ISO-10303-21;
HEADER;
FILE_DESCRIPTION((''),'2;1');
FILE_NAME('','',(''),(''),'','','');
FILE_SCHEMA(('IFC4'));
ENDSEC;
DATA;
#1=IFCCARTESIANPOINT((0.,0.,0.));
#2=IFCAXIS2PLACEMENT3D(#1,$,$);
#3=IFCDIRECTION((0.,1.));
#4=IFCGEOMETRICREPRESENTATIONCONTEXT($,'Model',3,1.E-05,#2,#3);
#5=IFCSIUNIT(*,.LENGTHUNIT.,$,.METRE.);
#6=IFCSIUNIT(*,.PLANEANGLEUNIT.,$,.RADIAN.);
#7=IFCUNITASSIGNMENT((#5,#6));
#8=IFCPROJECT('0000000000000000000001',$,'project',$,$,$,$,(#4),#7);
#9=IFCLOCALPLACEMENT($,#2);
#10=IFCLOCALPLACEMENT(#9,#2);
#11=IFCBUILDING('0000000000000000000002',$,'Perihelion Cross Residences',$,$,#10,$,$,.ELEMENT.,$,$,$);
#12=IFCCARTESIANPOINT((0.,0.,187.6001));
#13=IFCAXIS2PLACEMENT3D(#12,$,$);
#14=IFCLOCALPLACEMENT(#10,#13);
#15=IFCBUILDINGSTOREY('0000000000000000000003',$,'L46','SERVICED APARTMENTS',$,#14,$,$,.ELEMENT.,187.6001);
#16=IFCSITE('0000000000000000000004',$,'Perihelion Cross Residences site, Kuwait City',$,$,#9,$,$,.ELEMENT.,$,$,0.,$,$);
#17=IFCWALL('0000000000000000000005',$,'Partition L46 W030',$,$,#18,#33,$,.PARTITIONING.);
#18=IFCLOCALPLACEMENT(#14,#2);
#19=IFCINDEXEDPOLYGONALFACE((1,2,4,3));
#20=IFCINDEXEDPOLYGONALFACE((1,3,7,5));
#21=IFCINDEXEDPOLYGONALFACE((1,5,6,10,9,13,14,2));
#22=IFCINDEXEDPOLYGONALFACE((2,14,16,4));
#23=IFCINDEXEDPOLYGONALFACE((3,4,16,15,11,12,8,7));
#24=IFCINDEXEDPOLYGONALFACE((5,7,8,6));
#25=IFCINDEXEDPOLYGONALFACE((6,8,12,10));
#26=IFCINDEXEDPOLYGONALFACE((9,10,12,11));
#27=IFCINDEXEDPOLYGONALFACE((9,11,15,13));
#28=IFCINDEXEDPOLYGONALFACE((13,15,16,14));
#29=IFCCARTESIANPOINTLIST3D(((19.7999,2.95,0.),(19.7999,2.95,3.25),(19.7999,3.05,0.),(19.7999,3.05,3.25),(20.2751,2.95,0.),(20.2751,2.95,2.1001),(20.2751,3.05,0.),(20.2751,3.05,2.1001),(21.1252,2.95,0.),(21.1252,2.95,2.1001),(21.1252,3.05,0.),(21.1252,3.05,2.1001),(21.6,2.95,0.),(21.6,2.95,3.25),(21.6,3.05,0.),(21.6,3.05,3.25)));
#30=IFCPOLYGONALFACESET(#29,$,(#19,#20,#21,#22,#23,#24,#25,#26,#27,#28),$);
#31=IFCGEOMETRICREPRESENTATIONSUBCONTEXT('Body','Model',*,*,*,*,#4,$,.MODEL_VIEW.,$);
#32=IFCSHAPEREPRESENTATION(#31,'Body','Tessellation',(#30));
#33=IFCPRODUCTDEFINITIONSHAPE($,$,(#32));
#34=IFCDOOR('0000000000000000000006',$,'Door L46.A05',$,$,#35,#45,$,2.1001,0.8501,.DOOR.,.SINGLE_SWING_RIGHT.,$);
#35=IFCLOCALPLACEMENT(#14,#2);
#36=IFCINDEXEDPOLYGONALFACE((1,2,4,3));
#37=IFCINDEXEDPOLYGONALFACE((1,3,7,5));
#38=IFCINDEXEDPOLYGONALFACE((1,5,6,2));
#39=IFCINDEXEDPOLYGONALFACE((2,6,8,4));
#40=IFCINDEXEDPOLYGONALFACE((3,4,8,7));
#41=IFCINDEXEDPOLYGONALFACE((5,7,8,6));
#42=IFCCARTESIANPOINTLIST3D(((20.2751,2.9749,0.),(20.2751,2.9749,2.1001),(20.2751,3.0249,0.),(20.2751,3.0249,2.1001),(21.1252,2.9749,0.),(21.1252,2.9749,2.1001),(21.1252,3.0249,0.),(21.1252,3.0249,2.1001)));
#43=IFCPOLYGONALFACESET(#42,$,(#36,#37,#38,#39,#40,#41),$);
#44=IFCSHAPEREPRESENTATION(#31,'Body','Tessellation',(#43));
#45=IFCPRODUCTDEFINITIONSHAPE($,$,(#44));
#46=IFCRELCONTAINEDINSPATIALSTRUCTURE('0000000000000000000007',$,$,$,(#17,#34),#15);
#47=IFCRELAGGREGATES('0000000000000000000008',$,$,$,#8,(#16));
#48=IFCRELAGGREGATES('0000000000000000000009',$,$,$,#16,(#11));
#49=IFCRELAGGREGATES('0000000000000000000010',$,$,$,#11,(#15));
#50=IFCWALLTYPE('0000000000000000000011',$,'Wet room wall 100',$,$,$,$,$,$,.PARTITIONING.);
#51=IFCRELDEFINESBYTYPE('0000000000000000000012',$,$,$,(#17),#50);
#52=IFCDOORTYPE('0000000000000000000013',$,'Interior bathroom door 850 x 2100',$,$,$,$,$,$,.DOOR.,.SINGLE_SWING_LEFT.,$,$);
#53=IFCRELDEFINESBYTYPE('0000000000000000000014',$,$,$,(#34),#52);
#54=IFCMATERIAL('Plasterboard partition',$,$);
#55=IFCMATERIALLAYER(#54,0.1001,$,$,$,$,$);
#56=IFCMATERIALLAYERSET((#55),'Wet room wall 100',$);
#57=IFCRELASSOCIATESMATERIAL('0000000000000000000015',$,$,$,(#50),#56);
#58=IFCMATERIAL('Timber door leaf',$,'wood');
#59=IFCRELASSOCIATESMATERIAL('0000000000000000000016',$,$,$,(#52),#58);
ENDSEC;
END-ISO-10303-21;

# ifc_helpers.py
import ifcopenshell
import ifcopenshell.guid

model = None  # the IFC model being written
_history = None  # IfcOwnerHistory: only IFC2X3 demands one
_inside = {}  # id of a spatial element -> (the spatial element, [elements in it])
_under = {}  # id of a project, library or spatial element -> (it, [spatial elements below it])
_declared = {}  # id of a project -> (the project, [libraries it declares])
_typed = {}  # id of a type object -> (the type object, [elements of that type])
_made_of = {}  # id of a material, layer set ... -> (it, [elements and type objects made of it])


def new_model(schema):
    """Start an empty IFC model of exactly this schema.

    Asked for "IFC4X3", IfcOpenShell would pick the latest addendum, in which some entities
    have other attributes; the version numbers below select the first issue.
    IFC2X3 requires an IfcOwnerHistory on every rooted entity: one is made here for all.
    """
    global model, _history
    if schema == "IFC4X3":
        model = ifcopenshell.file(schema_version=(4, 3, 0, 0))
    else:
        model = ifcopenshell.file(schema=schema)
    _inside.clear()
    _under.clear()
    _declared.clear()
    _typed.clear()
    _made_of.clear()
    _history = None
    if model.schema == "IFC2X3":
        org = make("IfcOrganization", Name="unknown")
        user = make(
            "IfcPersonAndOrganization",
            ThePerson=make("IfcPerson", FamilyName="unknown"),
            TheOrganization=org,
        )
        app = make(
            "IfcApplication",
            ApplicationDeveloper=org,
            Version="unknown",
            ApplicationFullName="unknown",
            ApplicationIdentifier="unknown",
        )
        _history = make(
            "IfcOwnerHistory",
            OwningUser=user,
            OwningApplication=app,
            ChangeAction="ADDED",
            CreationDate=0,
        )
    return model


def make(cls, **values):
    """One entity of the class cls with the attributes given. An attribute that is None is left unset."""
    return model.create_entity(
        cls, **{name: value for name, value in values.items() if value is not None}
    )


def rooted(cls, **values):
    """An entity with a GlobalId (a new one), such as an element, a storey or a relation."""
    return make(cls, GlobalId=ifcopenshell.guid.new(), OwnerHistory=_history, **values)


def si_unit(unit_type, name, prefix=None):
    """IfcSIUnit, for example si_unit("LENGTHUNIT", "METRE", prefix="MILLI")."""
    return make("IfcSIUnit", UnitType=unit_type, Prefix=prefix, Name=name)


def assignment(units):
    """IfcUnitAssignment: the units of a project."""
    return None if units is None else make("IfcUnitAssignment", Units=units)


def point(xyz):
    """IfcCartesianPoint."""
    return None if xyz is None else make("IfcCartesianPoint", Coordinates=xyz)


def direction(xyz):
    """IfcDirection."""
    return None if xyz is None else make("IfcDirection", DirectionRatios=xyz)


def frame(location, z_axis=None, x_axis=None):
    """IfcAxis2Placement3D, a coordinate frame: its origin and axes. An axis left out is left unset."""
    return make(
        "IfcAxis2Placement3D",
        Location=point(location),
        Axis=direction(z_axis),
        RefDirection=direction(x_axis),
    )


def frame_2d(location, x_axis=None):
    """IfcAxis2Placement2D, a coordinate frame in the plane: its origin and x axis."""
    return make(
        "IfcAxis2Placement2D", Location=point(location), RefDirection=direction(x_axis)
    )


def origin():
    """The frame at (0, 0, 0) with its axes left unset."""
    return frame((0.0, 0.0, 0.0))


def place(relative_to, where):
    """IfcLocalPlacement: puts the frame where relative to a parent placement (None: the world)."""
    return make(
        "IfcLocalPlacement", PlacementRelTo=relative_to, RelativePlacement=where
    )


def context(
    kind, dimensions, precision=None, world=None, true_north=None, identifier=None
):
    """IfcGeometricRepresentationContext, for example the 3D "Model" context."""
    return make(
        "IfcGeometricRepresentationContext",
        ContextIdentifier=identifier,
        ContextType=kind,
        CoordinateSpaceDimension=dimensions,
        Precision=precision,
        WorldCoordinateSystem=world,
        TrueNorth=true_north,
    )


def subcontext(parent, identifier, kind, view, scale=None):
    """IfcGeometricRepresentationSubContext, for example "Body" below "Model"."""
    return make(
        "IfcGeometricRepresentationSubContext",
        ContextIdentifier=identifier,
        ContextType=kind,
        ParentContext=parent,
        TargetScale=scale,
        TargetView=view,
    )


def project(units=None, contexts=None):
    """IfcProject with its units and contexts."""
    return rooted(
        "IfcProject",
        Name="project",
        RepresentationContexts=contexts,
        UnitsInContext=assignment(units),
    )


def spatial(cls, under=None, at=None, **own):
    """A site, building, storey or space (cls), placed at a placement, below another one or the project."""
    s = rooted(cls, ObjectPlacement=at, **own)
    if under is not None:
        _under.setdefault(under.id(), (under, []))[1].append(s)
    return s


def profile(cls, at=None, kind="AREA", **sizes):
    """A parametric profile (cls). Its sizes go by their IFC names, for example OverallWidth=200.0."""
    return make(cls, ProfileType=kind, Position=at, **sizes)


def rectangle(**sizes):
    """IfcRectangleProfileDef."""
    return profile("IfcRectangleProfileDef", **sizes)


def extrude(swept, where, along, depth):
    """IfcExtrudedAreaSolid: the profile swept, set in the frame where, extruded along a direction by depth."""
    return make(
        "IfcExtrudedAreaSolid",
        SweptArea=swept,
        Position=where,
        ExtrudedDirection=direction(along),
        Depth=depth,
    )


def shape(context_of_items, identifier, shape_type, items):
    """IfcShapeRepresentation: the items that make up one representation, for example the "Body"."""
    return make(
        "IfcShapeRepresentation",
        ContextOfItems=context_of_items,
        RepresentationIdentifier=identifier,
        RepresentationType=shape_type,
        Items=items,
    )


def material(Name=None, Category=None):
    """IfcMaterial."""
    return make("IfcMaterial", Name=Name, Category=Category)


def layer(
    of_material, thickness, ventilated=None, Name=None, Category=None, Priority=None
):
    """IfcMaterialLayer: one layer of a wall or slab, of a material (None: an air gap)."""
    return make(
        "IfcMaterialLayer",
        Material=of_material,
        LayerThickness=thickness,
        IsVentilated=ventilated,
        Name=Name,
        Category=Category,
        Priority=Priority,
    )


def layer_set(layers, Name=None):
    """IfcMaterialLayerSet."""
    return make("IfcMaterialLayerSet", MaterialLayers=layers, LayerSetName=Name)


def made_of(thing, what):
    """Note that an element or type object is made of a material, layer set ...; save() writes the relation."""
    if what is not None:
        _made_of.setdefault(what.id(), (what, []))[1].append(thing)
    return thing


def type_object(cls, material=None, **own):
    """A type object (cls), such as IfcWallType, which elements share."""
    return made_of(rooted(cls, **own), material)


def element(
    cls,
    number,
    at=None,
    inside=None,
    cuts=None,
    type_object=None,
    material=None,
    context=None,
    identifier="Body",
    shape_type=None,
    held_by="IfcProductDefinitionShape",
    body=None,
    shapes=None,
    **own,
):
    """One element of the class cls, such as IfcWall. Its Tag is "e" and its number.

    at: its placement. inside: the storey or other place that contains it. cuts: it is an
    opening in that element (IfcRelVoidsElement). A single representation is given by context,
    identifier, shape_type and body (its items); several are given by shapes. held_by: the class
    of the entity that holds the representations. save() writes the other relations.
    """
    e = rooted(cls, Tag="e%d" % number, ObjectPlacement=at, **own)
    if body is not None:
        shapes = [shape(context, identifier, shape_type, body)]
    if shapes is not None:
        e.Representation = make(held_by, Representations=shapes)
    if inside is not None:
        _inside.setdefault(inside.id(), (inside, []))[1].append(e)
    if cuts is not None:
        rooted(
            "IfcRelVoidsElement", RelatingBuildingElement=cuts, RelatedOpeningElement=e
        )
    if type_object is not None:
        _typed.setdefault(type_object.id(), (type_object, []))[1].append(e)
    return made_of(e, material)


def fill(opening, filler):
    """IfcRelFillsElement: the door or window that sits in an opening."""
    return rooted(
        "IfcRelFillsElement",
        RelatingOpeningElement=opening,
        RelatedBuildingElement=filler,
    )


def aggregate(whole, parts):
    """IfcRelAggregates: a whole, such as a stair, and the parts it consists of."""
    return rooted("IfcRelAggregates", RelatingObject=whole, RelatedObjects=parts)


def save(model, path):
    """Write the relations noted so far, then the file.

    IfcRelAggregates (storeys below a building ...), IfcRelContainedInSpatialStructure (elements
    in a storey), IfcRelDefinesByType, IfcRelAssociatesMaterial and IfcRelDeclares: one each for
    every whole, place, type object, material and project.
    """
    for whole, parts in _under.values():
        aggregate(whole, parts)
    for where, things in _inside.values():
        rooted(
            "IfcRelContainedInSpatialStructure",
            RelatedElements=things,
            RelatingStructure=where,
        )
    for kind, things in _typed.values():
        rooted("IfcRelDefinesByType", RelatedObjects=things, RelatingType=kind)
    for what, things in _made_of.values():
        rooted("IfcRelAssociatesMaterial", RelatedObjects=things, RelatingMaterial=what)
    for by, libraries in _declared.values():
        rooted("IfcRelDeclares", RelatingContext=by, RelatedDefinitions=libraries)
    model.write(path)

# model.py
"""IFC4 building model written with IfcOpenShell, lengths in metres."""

from ifc_helpers import new_model, si_unit, direction, frame, frame_2d, origin, place, context, subcontext, project, spatial, rectangle, extrude, material, layer, layer_set, type_object, element, fill, save


model = new_model("IFC4")

# Units and contexts
model_context = context("Model", 3, precision=1e-05, world=origin(), true_north=direction((0.0, 1.0)))
body_context = subcontext(model_context, "Body", "Model", "MODEL_VIEW")
ifc_project = project(units=[si_unit("LENGTHUNIT", "METRE"), si_unit("PLANEANGLEUNIT", "RADIAN")], contexts=[model_context])

# Site, building, storey
site_placement = place(None, origin())
site = spatial("IfcSite", under=ifc_project, at=site_placement, Name="Perihelion Cross Residences site, Kuwait City", CompositionType="ELEMENT", RefElevation=0.0)
building_placement = place(site_placement, origin())
building = spatial("IfcBuilding", under=site, at=building_placement, Name="Perihelion Cross Residences", CompositionType="ELEMENT")
storey_placement = place(building_placement, frame((0.0, 0.0, 187.6001)))
storey = spatial("IfcBuildingStorey", under=building, at=storey_placement, Name="L46", Description="SERVICED APARTMENTS", CompositionType="ELEMENT", Elevation=187.6001)

# Shared definitions
ifc_material_1 = material(Name="Plasterboard partition")
ifc_layer_1 = layer(ifc_material_1, 0.1001)
ifc_layer_set_1 = layer_set([ifc_layer_1], Name="Wet room wall 100")
wall_type_1 = type_object("IfcWallType", Name="Wet room wall 100", PredefinedType="PARTITIONING", material=ifc_layer_set_1)

# Shared definitions
ifc_material_2 = material(Name="Timber door leaf", Category="wood")
door_type_1 = type_object("IfcDoorType", Name="Interior bathroom door 850 x 2100", OperationType="SINGLE_SWING_LEFT", PredefinedType="DOOR", material=ifc_material_2)

# Wall, opening, door
wall_1_placement = place(storey_placement, frame((19.8, 3.0, 0.0), z_axis=(0.0, 0.0, 1.0), x_axis=(1.0, 0.0, 0.0)))
wall_1 = element("IfcWall", 1, at=wall_1_placement, inside=storey, type_object=wall_type_1, Name="Partition L46 W030", PredefinedType="PARTITIONING", context=body_context, shape_type="SweptSolid", body=[
    extrude(rectangle(XDim=1.8, YDim=0.1001, at=frame_2d((0.8999, 0.0))), origin(), (0.0, 0.0, 1.0), 3.25),
])
opening_1_placement = place(wall_1_placement, frame((0.4751, 0.0, 0.0)))
opening_1 = element("IfcOpeningElement", 2, at=opening_1_placement, cuts=wall_1, PredefinedType="OPENING", context=body_context, shape_type="SweptSolid", body=[
    extrude(rectangle(XDim=0.8501, YDim=2.1001, at=frame_2d((0.425, 1.05))), frame((0.0, 0.0601, 0.0), z_axis=(0.0, -1.0, 0.0), x_axis=(1.0, 0.0, 0.0)), (0.0, 0.0, 1.0), 0.1201),
])
door_1_placement = place(opening_1_placement, origin())
door_1 = element("IfcDoor", 3, at=door_1_placement, inside=storey, type_object=door_type_1, Name="Door L46.A05", OperationType="SINGLE_SWING_RIGHT", OverallHeight=2.1001, OverallWidth=0.8501, PredefinedType="DOOR", context=body_context, shape_type="SweptSolid", body=[
    extrude(rectangle(XDim=0.8501, YDim=2.1001, at=frame_2d((0.425, 1.05))), frame((0.0, 0.0249, 0.0), z_axis=(0.0, -1.0, 0.0), x_axis=(1.0, 0.0, 0.0)), (0.0, 0.0, 1.0), 0.05),
])
fill(opening_1, door_1)

save(model, "model.ifc")
